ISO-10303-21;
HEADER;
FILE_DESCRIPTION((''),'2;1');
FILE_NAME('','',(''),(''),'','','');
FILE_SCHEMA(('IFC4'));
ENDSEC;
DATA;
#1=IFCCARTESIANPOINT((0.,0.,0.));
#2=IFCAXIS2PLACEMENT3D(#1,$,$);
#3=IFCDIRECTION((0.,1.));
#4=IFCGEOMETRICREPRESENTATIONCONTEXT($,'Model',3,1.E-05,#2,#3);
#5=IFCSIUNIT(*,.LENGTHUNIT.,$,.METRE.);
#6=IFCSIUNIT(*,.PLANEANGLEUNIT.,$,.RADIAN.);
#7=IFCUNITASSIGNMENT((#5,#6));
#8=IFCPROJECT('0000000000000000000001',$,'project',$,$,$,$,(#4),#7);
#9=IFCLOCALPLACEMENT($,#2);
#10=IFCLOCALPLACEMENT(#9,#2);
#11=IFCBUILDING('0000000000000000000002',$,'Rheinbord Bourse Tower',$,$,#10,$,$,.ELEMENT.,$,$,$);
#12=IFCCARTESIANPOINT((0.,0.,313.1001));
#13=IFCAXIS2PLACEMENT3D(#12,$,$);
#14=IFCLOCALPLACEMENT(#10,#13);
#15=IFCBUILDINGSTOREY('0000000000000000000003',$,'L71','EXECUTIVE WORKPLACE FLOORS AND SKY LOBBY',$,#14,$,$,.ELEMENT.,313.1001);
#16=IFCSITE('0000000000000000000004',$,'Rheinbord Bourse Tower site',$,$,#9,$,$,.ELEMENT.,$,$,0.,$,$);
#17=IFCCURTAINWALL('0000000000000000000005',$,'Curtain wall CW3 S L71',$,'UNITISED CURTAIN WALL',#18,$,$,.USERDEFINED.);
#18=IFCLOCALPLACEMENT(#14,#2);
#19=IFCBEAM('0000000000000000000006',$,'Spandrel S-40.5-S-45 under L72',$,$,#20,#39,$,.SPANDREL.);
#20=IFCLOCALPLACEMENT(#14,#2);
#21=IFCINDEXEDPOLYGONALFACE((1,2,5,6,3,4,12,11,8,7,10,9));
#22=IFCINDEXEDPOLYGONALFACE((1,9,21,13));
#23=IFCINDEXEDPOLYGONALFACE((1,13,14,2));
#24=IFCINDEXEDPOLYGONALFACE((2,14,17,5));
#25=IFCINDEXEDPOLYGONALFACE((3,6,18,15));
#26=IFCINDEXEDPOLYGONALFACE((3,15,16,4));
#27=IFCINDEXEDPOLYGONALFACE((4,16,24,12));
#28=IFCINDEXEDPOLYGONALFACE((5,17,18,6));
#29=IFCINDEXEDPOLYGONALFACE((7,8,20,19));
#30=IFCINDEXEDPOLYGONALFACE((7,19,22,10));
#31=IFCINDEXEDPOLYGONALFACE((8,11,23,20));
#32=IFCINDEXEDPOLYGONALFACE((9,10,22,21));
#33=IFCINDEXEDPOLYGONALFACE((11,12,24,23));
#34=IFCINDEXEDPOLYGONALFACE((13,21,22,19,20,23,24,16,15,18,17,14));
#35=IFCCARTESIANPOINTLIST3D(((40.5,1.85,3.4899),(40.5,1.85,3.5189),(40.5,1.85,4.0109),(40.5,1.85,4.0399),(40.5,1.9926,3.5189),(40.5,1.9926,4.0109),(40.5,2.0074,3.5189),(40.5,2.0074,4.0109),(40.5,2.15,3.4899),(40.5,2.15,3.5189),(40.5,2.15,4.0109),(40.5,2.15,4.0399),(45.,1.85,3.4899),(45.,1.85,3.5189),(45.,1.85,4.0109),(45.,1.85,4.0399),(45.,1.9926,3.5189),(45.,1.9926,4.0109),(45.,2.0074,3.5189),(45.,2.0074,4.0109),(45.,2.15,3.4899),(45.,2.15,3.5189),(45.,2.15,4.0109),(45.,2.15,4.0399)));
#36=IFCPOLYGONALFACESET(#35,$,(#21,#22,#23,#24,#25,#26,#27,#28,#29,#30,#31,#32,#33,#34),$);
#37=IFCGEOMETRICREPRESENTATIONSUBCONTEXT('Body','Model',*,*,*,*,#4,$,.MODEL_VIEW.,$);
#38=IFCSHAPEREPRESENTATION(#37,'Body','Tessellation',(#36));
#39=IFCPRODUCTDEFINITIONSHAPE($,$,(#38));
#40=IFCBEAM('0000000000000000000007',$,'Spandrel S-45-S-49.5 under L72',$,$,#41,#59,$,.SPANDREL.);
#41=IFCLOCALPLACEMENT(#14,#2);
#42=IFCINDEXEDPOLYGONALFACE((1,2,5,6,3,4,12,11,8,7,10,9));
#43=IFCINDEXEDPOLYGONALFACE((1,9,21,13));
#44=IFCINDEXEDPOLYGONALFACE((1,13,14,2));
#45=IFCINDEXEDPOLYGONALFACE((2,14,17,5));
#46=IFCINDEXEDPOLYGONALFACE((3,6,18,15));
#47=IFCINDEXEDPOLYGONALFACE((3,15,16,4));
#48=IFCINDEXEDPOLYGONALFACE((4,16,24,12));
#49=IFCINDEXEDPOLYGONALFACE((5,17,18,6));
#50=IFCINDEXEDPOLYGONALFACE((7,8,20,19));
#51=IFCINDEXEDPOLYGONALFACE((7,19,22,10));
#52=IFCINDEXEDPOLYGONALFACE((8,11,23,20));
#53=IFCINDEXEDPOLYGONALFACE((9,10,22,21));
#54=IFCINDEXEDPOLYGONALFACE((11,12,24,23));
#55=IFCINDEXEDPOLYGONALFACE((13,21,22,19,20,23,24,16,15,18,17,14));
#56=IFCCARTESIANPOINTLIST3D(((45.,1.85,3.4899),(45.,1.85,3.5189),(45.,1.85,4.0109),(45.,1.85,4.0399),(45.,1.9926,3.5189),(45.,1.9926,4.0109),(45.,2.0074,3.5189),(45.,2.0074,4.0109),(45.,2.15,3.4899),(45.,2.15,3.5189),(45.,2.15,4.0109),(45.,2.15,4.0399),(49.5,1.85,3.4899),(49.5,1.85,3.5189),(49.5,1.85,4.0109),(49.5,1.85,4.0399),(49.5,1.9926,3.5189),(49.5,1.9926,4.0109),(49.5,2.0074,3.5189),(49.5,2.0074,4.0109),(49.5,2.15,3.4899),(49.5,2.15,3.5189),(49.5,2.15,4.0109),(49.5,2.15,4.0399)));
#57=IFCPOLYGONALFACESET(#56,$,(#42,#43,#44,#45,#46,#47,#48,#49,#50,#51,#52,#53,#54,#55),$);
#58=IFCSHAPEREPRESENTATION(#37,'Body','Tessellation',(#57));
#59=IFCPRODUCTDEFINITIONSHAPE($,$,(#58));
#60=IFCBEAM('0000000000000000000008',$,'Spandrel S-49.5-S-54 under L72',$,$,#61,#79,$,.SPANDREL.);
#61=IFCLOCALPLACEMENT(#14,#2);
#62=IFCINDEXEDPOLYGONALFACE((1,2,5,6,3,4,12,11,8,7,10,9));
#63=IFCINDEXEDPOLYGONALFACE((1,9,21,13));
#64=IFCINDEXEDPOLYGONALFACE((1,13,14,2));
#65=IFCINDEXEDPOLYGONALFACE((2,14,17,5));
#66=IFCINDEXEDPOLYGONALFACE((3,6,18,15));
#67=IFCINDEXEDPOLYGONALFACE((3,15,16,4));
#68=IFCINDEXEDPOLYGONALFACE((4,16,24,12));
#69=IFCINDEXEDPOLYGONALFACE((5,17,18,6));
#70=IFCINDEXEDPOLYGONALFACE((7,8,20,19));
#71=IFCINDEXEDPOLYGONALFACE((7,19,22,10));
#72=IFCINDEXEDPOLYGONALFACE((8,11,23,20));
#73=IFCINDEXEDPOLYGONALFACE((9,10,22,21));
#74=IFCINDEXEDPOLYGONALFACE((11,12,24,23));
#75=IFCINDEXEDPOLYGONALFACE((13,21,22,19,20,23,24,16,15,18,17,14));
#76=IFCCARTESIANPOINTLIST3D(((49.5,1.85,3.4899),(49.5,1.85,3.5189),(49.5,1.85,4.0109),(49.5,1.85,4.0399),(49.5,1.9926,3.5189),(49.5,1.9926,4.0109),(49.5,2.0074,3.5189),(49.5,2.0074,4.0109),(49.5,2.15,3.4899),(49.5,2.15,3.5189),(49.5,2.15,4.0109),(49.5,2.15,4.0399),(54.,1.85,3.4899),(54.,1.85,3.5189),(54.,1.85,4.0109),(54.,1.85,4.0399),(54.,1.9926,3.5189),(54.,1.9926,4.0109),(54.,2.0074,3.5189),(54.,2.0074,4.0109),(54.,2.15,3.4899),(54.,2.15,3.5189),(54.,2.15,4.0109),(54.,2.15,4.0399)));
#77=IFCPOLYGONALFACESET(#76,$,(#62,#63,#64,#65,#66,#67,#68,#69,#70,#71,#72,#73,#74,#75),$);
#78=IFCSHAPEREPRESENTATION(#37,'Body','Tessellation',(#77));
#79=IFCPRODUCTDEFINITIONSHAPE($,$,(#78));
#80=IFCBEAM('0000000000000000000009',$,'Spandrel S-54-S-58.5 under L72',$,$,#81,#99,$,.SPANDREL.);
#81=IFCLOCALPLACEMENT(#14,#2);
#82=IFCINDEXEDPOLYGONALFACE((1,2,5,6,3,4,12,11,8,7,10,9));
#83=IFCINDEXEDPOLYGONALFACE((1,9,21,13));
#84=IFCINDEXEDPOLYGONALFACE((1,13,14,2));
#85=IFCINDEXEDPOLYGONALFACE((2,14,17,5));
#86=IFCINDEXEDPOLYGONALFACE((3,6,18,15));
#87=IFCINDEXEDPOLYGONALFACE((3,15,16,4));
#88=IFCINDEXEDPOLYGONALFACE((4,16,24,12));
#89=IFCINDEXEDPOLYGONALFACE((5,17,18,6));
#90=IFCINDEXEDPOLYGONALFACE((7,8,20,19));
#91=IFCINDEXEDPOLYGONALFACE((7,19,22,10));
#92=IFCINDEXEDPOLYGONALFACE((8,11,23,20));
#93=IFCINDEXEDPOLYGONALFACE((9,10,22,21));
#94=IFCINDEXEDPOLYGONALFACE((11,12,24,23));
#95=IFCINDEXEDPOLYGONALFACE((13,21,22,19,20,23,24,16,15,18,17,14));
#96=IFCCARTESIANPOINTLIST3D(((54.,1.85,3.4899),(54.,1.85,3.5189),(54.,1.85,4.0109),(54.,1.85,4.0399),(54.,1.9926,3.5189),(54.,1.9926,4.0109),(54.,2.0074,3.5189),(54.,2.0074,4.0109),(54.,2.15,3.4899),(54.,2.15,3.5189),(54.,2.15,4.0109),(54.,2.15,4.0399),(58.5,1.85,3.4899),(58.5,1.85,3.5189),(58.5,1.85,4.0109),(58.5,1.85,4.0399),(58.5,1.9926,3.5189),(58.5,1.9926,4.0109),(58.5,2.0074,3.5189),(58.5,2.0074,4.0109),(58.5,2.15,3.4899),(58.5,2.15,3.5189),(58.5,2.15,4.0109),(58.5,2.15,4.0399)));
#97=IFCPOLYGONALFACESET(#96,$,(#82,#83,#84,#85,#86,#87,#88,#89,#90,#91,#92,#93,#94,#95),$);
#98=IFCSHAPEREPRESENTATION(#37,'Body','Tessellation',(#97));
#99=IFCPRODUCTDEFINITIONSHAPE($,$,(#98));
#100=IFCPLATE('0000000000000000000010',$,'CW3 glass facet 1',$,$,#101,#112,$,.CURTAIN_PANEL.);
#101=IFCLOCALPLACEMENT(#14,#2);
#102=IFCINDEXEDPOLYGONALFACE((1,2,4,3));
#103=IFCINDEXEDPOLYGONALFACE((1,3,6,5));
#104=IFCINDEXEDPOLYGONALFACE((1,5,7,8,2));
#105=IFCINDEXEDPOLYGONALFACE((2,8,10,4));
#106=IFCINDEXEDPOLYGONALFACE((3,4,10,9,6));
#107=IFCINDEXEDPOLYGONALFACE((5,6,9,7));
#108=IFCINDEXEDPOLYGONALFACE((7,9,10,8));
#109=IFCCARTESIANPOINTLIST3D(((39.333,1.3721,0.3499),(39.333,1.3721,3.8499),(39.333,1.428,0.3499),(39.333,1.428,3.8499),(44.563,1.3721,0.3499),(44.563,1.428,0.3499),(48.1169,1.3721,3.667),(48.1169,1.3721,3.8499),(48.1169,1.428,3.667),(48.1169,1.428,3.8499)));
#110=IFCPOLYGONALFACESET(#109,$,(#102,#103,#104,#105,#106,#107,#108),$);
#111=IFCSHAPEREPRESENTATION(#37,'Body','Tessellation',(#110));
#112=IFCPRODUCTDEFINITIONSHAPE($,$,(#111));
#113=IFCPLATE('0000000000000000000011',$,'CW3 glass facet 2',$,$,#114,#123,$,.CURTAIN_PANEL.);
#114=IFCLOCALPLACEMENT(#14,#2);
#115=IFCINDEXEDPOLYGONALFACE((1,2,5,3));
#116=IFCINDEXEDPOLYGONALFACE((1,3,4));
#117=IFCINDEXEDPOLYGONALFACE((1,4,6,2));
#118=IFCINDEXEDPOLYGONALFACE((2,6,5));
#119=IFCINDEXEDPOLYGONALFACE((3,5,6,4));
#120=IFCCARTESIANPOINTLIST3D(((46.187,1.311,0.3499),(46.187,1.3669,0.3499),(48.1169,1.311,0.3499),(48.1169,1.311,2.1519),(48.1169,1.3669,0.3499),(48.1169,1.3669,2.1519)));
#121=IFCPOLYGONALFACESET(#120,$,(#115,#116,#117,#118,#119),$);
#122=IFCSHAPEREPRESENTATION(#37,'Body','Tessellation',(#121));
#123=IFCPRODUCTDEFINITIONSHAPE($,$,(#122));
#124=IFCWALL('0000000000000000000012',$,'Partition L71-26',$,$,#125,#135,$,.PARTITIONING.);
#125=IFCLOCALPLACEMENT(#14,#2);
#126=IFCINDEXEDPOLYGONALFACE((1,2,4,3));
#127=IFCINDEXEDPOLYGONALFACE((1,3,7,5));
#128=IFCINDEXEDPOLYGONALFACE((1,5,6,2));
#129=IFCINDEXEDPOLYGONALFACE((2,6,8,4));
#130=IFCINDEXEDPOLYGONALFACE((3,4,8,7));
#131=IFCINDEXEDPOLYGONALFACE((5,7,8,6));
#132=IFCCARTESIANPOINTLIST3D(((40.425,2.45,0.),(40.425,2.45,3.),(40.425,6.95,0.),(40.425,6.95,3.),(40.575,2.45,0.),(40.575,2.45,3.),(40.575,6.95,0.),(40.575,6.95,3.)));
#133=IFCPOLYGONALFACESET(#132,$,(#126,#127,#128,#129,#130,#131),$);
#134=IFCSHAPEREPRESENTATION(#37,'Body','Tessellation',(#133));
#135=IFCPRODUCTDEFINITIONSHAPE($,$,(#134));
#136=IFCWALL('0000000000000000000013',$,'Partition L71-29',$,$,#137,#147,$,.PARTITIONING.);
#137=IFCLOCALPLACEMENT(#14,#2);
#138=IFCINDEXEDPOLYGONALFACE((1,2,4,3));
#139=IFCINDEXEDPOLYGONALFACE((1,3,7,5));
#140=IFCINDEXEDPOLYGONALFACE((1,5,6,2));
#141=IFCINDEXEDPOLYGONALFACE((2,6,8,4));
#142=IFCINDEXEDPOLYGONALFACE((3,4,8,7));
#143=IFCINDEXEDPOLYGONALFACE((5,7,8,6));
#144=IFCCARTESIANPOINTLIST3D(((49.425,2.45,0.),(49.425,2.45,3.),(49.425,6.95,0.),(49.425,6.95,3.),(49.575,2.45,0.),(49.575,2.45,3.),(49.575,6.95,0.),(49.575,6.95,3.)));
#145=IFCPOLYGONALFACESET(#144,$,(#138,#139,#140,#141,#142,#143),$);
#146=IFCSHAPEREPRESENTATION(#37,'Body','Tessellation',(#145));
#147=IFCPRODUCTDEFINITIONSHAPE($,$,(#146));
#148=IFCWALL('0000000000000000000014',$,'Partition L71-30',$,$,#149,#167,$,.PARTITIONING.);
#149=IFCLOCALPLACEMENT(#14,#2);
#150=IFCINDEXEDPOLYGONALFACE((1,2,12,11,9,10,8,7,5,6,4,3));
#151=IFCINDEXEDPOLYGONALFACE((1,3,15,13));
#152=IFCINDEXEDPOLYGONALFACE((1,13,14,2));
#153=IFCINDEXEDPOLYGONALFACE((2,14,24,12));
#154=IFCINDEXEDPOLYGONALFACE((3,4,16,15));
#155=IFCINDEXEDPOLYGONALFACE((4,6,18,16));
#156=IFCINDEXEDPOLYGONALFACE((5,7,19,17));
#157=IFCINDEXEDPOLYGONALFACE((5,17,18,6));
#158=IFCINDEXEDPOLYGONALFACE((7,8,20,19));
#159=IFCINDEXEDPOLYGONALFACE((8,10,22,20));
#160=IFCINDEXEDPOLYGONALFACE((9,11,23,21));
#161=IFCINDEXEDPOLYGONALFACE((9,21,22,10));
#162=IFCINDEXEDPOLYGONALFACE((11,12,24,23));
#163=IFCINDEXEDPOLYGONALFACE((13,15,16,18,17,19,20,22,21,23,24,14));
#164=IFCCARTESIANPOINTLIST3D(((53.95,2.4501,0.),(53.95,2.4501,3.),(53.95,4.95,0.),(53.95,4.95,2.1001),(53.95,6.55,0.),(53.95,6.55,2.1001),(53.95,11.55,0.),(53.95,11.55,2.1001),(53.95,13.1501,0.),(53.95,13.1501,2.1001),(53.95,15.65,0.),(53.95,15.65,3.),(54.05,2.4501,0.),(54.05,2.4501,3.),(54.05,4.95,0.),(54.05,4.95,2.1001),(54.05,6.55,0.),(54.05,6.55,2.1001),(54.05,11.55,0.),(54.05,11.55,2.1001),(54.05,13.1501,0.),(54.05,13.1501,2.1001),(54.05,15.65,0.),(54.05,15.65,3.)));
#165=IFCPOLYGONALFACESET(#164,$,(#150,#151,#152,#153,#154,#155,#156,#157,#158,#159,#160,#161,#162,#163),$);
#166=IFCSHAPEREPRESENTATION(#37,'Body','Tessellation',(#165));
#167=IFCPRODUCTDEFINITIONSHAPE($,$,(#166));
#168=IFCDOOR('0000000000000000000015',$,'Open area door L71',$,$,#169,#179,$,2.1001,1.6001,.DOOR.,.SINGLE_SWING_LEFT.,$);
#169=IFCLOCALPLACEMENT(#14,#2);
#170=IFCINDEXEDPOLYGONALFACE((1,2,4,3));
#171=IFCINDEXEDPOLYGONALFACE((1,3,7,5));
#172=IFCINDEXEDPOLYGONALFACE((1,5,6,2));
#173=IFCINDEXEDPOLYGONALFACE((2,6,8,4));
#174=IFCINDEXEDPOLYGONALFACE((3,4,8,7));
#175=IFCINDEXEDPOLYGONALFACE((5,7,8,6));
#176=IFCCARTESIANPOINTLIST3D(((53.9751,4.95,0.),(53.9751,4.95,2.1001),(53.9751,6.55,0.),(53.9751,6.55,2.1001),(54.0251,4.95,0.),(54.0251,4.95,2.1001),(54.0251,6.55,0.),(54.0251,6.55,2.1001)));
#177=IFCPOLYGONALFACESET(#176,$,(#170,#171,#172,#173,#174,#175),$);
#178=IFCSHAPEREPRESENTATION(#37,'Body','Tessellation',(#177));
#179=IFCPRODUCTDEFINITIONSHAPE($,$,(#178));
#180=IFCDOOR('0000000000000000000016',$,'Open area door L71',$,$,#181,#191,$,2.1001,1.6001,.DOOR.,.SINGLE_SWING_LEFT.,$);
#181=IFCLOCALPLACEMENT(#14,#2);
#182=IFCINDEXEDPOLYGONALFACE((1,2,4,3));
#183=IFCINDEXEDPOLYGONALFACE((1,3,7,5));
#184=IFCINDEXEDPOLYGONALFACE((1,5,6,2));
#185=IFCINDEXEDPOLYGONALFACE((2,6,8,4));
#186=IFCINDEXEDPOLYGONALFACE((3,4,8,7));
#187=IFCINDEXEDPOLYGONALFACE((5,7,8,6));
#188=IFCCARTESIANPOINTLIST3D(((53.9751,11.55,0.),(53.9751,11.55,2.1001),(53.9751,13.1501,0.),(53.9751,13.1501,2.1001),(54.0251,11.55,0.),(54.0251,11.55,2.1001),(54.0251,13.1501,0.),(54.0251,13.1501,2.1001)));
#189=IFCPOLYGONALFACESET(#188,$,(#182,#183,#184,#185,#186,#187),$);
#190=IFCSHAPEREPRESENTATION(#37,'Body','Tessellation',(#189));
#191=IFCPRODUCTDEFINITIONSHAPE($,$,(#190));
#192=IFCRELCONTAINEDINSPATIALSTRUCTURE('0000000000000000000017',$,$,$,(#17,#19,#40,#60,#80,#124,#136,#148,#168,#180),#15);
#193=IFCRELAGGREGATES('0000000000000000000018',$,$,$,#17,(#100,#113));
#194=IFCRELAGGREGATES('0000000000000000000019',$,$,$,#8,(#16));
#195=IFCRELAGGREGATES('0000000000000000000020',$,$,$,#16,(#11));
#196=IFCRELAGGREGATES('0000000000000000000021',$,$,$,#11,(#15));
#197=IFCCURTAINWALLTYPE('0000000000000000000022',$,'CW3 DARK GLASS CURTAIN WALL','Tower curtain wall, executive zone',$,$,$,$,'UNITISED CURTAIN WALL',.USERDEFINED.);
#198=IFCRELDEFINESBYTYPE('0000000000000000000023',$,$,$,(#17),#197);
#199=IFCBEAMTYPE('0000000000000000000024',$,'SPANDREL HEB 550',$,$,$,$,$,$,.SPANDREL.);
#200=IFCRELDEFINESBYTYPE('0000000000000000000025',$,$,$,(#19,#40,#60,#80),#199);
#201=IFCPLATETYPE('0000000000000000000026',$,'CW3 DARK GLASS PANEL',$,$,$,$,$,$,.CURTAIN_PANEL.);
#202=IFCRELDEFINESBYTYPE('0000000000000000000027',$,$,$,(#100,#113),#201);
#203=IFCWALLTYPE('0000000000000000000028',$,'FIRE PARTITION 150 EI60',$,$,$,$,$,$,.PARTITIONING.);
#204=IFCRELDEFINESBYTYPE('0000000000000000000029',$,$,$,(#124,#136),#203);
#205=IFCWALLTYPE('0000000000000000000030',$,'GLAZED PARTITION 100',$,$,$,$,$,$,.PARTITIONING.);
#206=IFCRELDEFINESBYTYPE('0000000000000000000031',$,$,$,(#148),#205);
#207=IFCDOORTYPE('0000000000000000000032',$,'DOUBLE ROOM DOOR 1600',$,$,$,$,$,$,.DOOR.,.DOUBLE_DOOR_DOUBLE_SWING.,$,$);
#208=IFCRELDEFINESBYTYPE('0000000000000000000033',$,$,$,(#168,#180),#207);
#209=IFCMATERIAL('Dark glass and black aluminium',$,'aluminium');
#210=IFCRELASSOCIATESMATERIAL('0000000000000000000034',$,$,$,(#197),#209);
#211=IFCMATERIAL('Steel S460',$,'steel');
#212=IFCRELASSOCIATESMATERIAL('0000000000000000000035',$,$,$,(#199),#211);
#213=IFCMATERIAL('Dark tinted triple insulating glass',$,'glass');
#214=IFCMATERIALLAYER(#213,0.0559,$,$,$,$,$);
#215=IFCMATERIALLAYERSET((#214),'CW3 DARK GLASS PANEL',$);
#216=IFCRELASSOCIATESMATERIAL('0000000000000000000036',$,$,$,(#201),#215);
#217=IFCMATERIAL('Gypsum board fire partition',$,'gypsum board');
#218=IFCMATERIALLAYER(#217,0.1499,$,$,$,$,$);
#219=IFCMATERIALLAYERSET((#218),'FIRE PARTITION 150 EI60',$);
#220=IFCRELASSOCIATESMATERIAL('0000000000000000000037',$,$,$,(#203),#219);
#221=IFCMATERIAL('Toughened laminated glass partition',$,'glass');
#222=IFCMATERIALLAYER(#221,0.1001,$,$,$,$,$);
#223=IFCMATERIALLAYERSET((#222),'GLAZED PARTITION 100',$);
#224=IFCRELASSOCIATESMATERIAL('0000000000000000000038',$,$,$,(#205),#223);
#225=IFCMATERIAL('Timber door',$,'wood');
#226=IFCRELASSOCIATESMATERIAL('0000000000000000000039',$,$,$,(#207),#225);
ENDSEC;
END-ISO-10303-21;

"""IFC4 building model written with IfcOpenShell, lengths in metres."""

from ifc_helpers import new_model, si_unit, direction, frame, frame_2d, origin, origin_2d, place, context, subcontext, project, spatial, polyline, rectangle, i_section, outline, extrude, material, layer, layer_set, material_profile, profile_set, type_object, element, fill, aggregate, save


model = new_model("IFC4")

# Units and contexts
model_context = context("Model", 3, precision=1e-05, world=origin(), true_north=direction((0.0, 1.0)))
body_context = subcontext(model_context, "Body", "Model", "MODEL_VIEW")
ifc_project = project(units=[si_unit("LENGTHUNIT", "METRE"), si_unit("PLANEANGLEUNIT", "RADIAN")], contexts=[model_context])

# Site, building, storey
site_placement = place(None, origin())
site = spatial("IfcSite", under=ifc_project, at=site_placement, Name="Rheinbord Bourse Tower site", CompositionType="ELEMENT", RefElevation=0.0)
building_placement = place(site_placement, origin())
building = spatial("IfcBuilding", under=site, at=building_placement, Name="Rheinbord Bourse Tower", CompositionType="ELEMENT")
storey_placement = place(building_placement, frame((0.0, 0.0, 313.1001)))
storey = spatial("IfcBuildingStorey", under=building, at=storey_placement, Name="L71", Description="EXECUTIVE WORKPLACE FLOORS AND SKY LOBBY", CompositionType="ELEMENT", Elevation=313.1001)

# Curtain wall
ifc_material_1 = material(Name="Dark glass and black aluminium", Category="aluminium")
curtain_wall_type = type_object("IfcCurtainWallType", Name="CW3 DARK GLASS CURTAIN WALL", Description="Tower curtain wall, executive zone", ElementType="UNITISED CURTAIN WALL", PredefinedType="USERDEFINED", material=ifc_material_1)
curtain_wall_placement = place(storey_placement, origin())
curtain_wall = element("IfcCurtainWall", 1, at=curtain_wall_placement, inside=storey, type_object=curtain_wall_type, Name="Curtain wall CW3 S L71", ObjectType="UNITISED CURTAIN WALL", PredefinedType="USERDEFINED")

# Beams
ifc_material_2 = material(Name="Steel S460", Category="steel")
ifc_material_profile_1 = material_profile(ifc_material_2, i_section(OverallWidth=0.3, OverallDepth=0.55, WebThickness=0.0149, FlangeThickness=0.0291, at=origin_2d()), Name="HEB 550")
ifc_profile_set_1 = profile_set([ifc_material_profile_1], Name="Steel S460")
beam_type_1 = type_object("IfcBeamType", Name="SPANDREL HEB 550", PredefinedType="SPANDREL", material=ifc_profile_set_1)
for number, where, z_axis, x_axis, name in (
    (2, (40.5, 2.0, 3.7649), (1.0, 0.0, 0.0), (0.0, 1.0, 0.0), "Spandrel S-40.5-S-45 under L72"),
    (3, (45.0, 2.0, 3.7649), (1.0, 0.0, 0.0), (0.0, 1.0, 0.0), "Spandrel S-45-S-49.5 under L72"),
    (4, (49.5, 2.0, 3.7649), (1.0, 0.0, 0.0), (0.0, 1.0, 0.0), "Spandrel S-49.5-S-54 under L72"),
    (5, (54.0, 2.0, 3.7649), (1.0, 0.0, 0.0), (0.0, 1.0, 0.0), "Spandrel S-54-S-58.5 under L72"),
):
    element("IfcBeam", number, at=place(storey_placement, frame(where, z_axis=z_axis, x_axis=x_axis)), inside=storey, type_object=beam_type_1, Name=name, PredefinedType="SPANDREL", context=body_context, shape_type="SweptSolid", body=[
        extrude(i_section(OverallWidth=0.3, OverallDepth=0.55, WebThickness=0.0149, FlangeThickness=0.0291, at=origin_2d()), origin(), (0.0, 0.0, 1.0), 4.5),
    ])

# Plates
ifc_material_3 = material(Name="Dark tinted triple insulating glass", Category="glass")
ifc_layer_1 = layer(ifc_material_3, 0.0559)
ifc_layer_set_1 = layer_set([ifc_layer_1], Name="CW3 DARK GLASS PANEL")
plate_type = type_object("IfcPlateType", Name="CW3 DARK GLASS PANEL", PredefinedType="CURTAIN_PANEL", material=ifc_layer_set_1)
plate_1_placement = place(storey_placement, frame((39.333, 1.3721, 0.3499), z_axis=(0.0, 1.0, 0.0), x_axis=(0.0, 0.0, 1.0)))
plate_1 = element("IfcPlate", 6, at=plate_1_placement, type_object=plate_type, Name="CW3 glass facet 1", PredefinedType="CURTAIN_PANEL", context=body_context, shape_type="SweptSolid", body=[
    extrude(outline(polyline([(0.0, 0.0), (3.5, 0.0), (3.5, 8.7839), (3.3171, 8.7839), (0.0, 5.23), (0.0, 0.0)])), origin(), (0.0, 0.0, 1.0), 0.0559),
])
plate_2_placement = place(storey_placement, frame((48.1169, 1.311, 0.3499), z_axis=(0.0, 1.0, 0.0), x_axis=(-1.0, 0.0, 0.0)))
plate_2 = element("IfcPlate", 7, at=plate_2_placement, type_object=plate_type, Name="CW3 glass facet 2", PredefinedType="CURTAIN_PANEL", context=body_context, shape_type="SweptSolid", body=[
    extrude(outline(polyline([(0.0, 0.0), (1.9299, 0.0), (0.0, 1.802), (0.0, 0.0)])), origin(), (0.0, 0.0, 1.0), 0.0559),
])
aggregate(curtain_wall, [plate_1, plate_2])

# Walls
ifc_material_4 = material(Name="Gypsum board fire partition", Category="gypsum board")
ifc_layer_2 = layer(ifc_material_4, 0.1499)
ifc_layer_set_2 = layer_set([ifc_layer_2], Name="FIRE PARTITION 150 EI60")
wall_type_1 = type_object("IfcWallType", Name="FIRE PARTITION 150 EI60", PredefinedType="PARTITIONING", material=ifc_layer_set_2)
for number, where, z_axis, x_axis, name in (
    (8, (40.5, 2.45, 0.0), (0.0, 0.0, 1.0), (0.0, 1.0, 0.0), "Partition L71-26"),
    (9, (49.5, 2.45, 0.0), (0.0, 0.0, 1.0), (0.0, 1.0, 0.0), "Partition L71-29"),
):
    element("IfcWall", number, at=place(storey_placement, frame(where, z_axis=z_axis, x_axis=x_axis)), inside=storey, type_object=wall_type_1, Name=name, PredefinedType="PARTITIONING", context=body_context, shape_type="SweptSolid", body=[
        extrude(rectangle(XDim=4.5, YDim=0.1499, at=frame_2d((2.25, 0.0))), origin(), (0.0, 0.0, 1.0), 3.0),
    ])

# Wall, openings, doors
ifc_material_5 = material(Name="Toughened laminated glass partition", Category="glass")
ifc_layer_3 = layer(ifc_material_5, 0.1001)
ifc_layer_set_3 = layer_set([ifc_layer_3], Name="GLAZED PARTITION 100")
wall_type_2 = type_object("IfcWallType", Name="GLAZED PARTITION 100", PredefinedType="PARTITIONING", material=ifc_layer_set_3)
wall_1_placement = place(storey_placement, frame((54.0, 2.45, 0.0), z_axis=(0.0, 0.0, 1.0), x_axis=(0.0, 1.0, 0.0)))
wall_1 = element("IfcWall", 10, at=wall_1_placement, inside=storey, type_object=wall_type_2, Name="Partition L71-30", PredefinedType="PARTITIONING", context=body_context, shape_type="SweptSolid", body=[
    extrude(rectangle(XDim=13.2, YDim=0.1001, at=frame_2d((6.6001, 0.0))), origin(), (0.0, 0.0, 1.0), 3.0),
])
opening_1_placement = place(wall_1_placement, frame((2.5, 0.0, 0.0)))
opening_1 = element("IfcOpeningElement", 11, at=opening_1_placement, cuts=wall_1, PredefinedType="OPENING", context=body_context, shape_type="SweptSolid", body=[
    extrude(rectangle(XDim=1.6001, YDim=2.1001, at=frame_2d((0.8, 1.05))), frame((0.0, 0.0601, 0.0), z_axis=(0.0, -1.0, 0.0), x_axis=(1.0, 0.0, 0.0)), (0.0, 0.0, 1.0), 0.1201),
])
opening_2_placement = place(wall_1_placement, frame((9.1001, 0.0, 0.0)))
opening_2 = element("IfcOpeningElement", 12, at=opening_2_placement, cuts=wall_1, PredefinedType="OPENING", context=body_context, shape_type="SweptSolid", body=[
    extrude(rectangle(XDim=1.6001, YDim=2.1001, at=frame_2d((0.8, 1.05))), frame((0.0, 0.0601, 0.0), z_axis=(0.0, -1.0, 0.0), x_axis=(1.0, 0.0, 0.0)), (0.0, 0.0, 1.0), 0.1201),
])
ifc_material_6 = material(Name="Timber door", Category="wood")
door_type = type_object("IfcDoorType", Name="DOUBLE ROOM DOOR 1600", OperationType="DOUBLE_DOOR_DOUBLE_SWING", PredefinedType="DOOR", material=ifc_material_6)
door_1_placement = place(opening_1_placement, origin())
door_1 = element("IfcDoor", 13, at=door_1_placement, inside=storey, type_object=door_type, Name="Open area door L71", OperationType="SINGLE_SWING_LEFT", OverallHeight=2.1001, OverallWidth=1.6001, PredefinedType="DOOR", context=body_context, shape_type="SweptSolid", body=[
    extrude(rectangle(XDim=1.6001, YDim=2.1001, at=frame_2d((0.8, 1.05))), frame((0.0, 0.0249, 0.0), z_axis=(0.0, -1.0, 0.0), x_axis=(1.0, 0.0, 0.0)), (0.0, 0.0, 1.0), 0.05),
])
fill(opening_1, door_1)
door_2_placement = place(opening_2_placement, origin())
door_2 = element("IfcDoor", 14, at=door_2_placement, inside=storey, type_object=door_type, Name="Open area door L71", OperationType="SINGLE_SWING_LEFT", OverallHeight=2.1001, OverallWidth=1.6001, PredefinedType="DOOR", context=body_context, shape_type="SweptSolid", body=[
    extrude(rectangle(XDim=1.6001, YDim=2.1001, at=frame_2d((0.8, 1.05))), frame((0.0, 0.0249, 0.0), z_axis=(0.0, -1.0, 0.0), x_axis=(1.0, 0.0, 0.0)), (0.0, 0.0, 1.0), 0.05),
])
fill(opening_2, door_2)

save(model, "model.ifc")
